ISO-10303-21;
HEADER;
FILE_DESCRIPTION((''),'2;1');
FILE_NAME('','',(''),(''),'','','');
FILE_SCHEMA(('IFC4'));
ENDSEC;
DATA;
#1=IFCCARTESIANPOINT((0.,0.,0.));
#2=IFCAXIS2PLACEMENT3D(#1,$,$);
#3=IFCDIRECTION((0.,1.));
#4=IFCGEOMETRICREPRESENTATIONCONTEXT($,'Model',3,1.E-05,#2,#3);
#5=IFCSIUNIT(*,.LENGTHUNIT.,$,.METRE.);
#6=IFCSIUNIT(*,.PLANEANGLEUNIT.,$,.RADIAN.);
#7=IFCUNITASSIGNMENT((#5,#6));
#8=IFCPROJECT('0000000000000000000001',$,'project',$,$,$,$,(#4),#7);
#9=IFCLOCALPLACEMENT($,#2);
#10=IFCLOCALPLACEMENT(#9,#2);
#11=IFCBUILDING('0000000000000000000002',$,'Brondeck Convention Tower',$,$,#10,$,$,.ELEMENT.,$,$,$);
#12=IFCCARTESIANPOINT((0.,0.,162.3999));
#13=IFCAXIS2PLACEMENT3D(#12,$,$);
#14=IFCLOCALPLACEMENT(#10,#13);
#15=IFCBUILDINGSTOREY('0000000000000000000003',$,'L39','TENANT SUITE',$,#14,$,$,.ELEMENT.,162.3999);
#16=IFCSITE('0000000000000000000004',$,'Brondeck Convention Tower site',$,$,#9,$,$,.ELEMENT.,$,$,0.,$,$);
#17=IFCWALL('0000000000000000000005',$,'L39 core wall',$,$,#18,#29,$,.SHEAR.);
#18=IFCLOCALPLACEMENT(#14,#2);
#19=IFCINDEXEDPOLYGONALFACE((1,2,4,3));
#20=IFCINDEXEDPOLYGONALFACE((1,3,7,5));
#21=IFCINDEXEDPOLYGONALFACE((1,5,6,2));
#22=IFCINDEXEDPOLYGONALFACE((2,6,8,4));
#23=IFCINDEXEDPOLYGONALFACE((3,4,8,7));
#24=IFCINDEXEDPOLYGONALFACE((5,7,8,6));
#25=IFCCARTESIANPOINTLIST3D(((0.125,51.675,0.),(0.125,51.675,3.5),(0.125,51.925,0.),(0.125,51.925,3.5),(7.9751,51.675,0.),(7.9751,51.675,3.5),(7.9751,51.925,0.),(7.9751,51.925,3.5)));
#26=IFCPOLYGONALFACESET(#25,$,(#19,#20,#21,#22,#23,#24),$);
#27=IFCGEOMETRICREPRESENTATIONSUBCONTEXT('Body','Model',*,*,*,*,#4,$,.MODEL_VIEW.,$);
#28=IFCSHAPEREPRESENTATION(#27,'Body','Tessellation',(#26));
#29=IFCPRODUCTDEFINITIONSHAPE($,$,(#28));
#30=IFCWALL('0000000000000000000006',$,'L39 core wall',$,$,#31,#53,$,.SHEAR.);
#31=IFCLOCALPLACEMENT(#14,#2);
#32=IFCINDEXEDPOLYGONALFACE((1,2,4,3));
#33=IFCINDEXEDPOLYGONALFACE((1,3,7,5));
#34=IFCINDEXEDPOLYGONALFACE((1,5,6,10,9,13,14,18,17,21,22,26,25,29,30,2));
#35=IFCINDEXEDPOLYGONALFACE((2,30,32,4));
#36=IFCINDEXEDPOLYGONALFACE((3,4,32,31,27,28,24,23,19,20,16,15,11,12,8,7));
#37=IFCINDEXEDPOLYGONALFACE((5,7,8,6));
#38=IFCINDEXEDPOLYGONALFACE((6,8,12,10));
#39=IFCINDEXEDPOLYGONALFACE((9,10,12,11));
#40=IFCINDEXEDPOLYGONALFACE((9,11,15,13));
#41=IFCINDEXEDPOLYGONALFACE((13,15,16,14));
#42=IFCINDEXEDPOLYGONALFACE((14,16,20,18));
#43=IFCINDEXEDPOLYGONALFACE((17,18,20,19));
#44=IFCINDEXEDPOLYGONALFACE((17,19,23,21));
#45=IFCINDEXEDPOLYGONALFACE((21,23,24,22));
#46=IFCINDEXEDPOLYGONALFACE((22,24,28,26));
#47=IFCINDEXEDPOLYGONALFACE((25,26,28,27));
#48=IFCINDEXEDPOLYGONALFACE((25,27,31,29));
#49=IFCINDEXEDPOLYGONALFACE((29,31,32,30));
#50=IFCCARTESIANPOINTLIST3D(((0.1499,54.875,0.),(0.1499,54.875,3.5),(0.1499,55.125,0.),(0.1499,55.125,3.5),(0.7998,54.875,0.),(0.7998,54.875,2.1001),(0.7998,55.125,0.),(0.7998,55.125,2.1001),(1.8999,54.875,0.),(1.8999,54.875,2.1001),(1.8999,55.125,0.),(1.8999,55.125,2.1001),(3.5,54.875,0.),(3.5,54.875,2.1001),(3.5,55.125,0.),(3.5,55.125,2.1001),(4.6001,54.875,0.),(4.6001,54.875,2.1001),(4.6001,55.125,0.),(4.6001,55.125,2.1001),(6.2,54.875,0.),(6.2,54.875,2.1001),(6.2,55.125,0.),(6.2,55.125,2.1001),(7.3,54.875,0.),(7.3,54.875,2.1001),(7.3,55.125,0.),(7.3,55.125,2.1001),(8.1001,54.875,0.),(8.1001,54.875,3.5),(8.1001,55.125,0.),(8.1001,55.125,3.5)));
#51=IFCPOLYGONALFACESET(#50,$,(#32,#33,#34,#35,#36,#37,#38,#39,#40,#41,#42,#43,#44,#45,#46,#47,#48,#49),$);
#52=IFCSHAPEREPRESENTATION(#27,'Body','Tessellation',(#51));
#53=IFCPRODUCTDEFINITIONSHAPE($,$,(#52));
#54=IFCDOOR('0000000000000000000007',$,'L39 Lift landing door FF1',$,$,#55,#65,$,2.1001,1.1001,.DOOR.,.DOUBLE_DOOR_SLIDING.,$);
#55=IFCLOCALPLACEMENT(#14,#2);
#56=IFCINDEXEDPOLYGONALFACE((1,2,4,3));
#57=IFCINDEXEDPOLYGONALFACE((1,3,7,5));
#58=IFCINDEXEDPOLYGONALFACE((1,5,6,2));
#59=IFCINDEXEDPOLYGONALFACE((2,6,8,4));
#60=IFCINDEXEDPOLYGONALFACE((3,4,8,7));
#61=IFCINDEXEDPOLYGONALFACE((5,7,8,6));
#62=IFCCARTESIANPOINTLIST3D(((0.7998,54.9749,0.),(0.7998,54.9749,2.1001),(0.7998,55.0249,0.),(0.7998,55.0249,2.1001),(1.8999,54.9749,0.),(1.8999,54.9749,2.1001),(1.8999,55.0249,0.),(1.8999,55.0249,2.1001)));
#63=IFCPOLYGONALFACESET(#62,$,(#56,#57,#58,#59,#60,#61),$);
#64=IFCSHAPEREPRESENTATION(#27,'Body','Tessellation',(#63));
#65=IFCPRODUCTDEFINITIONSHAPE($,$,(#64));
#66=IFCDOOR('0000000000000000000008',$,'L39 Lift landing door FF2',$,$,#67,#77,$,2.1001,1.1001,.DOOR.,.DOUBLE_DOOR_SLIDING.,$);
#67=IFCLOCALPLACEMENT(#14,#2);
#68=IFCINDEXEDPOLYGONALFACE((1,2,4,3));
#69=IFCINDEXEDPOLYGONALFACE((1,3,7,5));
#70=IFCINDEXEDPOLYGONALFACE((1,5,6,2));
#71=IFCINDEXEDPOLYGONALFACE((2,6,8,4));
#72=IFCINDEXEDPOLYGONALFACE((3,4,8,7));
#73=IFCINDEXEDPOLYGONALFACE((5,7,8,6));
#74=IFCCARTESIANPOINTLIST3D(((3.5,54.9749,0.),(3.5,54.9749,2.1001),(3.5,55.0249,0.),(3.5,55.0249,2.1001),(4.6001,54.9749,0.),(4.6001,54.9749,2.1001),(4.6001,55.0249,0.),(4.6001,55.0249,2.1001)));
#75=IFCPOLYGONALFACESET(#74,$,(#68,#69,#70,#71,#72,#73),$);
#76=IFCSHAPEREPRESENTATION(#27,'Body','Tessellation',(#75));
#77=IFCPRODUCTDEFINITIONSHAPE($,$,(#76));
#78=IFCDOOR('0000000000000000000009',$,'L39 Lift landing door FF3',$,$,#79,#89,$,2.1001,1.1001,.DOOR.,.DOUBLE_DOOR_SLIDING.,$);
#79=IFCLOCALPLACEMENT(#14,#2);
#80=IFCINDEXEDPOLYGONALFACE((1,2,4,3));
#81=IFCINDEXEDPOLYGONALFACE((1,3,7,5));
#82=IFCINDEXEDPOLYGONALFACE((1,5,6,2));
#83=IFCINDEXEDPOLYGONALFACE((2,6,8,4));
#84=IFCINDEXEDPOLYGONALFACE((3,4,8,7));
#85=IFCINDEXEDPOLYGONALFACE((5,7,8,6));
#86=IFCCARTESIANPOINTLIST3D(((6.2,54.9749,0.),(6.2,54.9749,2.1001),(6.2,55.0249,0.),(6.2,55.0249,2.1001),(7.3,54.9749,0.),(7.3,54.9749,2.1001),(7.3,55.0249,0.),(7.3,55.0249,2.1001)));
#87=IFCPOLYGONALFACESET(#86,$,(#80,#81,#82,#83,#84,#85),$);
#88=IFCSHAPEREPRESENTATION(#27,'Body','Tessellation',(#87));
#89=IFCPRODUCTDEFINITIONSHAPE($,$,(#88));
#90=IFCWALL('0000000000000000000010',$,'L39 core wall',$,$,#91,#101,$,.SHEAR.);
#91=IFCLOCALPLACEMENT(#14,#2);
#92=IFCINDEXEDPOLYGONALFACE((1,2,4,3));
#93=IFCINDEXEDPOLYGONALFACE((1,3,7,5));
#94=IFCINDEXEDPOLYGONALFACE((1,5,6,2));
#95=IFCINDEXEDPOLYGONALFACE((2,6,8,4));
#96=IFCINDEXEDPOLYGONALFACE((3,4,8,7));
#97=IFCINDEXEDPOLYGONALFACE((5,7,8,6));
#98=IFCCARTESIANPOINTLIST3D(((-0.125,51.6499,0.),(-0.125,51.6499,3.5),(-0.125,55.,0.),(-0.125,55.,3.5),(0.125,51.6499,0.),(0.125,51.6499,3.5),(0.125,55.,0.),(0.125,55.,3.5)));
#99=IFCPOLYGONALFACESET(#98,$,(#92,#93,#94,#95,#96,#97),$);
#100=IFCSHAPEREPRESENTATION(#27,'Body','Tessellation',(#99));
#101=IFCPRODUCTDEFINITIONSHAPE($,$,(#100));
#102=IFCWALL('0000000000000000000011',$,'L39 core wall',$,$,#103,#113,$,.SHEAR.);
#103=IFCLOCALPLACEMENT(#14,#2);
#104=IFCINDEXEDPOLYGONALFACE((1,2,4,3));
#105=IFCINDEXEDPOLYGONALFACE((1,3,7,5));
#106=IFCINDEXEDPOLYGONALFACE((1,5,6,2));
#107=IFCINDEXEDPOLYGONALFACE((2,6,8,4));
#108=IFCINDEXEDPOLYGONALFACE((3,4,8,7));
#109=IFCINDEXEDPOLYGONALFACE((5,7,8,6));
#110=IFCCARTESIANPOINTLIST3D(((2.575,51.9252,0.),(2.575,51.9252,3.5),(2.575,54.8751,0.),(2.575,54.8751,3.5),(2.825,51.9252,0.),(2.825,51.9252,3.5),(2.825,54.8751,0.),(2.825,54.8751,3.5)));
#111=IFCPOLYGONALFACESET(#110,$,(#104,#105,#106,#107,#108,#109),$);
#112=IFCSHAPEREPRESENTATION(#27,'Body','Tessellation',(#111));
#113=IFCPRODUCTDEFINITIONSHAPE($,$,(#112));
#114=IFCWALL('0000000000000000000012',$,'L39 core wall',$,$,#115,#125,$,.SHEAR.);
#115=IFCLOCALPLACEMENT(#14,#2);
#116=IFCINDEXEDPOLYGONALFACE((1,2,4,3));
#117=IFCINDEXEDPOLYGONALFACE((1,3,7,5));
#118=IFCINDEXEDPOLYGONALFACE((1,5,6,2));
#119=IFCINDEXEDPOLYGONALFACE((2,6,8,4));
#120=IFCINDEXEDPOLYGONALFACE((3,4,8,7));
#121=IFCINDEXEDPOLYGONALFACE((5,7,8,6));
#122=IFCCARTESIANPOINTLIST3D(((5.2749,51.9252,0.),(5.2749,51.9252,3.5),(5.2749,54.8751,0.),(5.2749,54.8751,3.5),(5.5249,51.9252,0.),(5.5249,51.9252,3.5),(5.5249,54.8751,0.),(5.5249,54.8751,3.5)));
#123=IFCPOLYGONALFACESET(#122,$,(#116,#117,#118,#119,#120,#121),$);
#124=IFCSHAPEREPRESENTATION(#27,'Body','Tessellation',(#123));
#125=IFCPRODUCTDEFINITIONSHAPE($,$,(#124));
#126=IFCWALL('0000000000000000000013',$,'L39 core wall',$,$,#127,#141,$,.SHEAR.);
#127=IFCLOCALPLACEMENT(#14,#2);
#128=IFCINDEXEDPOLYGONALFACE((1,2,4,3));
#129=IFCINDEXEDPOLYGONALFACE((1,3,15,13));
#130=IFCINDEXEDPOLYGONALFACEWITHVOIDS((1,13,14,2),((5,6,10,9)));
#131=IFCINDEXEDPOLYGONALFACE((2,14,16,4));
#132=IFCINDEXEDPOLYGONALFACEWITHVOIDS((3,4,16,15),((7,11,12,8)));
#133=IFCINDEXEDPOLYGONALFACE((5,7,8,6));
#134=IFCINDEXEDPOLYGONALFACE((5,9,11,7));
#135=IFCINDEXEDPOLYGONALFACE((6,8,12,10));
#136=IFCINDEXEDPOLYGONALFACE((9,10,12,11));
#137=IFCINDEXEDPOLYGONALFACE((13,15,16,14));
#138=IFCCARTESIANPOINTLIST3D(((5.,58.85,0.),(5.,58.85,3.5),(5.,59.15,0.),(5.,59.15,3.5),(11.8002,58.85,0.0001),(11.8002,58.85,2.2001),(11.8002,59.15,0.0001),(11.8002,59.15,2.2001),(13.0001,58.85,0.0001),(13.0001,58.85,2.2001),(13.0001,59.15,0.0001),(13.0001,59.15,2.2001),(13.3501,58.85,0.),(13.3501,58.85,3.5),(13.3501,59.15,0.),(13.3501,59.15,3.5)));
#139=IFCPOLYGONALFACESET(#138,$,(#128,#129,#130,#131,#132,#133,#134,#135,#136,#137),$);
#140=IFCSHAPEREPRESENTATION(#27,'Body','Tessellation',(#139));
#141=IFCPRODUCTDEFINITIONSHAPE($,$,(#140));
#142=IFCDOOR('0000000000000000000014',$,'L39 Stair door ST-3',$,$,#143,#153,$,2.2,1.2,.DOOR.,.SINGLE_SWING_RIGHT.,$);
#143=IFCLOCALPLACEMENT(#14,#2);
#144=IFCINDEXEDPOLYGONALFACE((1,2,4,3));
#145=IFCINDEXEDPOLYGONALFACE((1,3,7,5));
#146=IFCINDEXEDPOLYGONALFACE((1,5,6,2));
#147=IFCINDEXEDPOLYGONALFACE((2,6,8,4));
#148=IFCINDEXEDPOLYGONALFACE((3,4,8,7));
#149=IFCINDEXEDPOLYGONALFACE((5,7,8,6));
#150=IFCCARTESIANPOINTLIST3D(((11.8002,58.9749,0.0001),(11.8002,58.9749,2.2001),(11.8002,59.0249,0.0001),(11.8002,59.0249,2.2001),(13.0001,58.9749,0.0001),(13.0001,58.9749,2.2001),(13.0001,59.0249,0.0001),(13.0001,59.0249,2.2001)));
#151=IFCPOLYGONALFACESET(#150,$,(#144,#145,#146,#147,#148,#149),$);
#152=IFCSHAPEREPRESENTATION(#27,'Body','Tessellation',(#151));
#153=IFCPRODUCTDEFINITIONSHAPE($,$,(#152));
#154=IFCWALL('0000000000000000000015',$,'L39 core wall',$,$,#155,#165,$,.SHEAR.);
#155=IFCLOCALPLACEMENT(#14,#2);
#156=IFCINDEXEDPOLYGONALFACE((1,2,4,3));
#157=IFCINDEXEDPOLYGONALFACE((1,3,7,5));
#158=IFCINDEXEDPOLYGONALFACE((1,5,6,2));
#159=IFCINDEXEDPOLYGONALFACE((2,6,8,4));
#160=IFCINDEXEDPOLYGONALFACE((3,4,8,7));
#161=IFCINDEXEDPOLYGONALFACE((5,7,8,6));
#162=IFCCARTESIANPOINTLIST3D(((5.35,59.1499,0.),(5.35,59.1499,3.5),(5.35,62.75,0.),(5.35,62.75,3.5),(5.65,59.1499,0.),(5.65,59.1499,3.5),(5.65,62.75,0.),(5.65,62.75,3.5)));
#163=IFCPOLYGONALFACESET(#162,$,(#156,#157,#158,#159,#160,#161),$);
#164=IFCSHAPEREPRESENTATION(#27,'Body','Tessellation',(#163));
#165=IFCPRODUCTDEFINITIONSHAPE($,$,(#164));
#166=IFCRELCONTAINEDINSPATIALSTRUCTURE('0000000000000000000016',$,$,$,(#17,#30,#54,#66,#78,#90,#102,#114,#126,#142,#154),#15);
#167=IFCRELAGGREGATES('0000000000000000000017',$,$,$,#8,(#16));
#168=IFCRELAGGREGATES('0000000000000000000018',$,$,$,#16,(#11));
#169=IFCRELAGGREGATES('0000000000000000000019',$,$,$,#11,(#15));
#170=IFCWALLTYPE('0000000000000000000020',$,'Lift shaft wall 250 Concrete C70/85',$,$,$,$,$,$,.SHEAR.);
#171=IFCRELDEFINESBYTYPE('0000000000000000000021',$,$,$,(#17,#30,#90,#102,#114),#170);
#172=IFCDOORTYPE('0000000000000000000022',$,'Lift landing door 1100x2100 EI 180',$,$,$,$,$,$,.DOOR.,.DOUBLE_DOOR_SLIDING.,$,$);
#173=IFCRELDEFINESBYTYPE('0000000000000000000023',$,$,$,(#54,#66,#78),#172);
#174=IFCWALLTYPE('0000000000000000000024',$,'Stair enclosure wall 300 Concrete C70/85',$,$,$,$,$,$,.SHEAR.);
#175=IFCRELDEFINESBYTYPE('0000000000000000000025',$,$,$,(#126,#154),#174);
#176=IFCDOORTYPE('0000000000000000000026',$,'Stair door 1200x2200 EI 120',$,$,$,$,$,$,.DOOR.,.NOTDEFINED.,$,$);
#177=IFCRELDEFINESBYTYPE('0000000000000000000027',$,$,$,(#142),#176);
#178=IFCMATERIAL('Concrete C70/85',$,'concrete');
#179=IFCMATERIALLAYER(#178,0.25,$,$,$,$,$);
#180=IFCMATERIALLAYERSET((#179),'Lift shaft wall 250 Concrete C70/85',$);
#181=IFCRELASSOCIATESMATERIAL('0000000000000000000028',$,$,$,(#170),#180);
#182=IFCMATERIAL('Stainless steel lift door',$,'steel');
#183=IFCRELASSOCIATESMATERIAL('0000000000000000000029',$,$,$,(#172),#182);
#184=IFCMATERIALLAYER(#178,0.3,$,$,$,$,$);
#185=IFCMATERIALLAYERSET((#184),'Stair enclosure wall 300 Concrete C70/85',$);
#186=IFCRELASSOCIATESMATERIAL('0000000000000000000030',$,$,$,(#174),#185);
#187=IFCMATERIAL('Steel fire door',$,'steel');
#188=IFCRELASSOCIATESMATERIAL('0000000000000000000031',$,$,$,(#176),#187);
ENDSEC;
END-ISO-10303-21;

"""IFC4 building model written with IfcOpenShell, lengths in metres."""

from ifc_helpers import new_model, si_unit, direction, frame, frame_2d, origin, place, context, subcontext, project, spatial, rectangle, extrude, material, layer, layer_set, type_object, element, fill, save


model = new_model("IFC4")

# Units and contexts
model_context = context("Model", 3, precision=1e-05, world=origin(), true_north=direction((0.0, 1.0)))
body_context = subcontext(model_context, "Body", "Model", "MODEL_VIEW")
ifc_project = project(units=[si_unit("LENGTHUNIT", "METRE"), si_unit("PLANEANGLEUNIT", "RADIAN")], contexts=[model_context])

# Site, building, storey
site_placement = place(None, origin())
site = spatial("IfcSite", under=ifc_project, at=site_placement, Name="Brondeck Convention Tower site", CompositionType="ELEMENT", RefElevation=0.0)
building_placement = place(site_placement, origin())
building = spatial("IfcBuilding", under=site, at=building_placement, Name="Brondeck Convention Tower", CompositionType="ELEMENT")
storey_placement = place(building_placement, frame((0.0, 0.0, 162.3999)))
storey = spatial("IfcBuildingStorey", under=building, at=storey_placement, Name="L39", Description="TENANT SUITE", CompositionType="ELEMENT", Elevation=162.3999)

# Shared definitions
ifc_material_1 = material(Name="Concrete C70/85", Category="concrete")

# Wall
ifc_layer_1 = layer(ifc_material_1, 0.25)
ifc_layer_set_1 = layer_set([ifc_layer_1], Name="Lift shaft wall 250 Concrete C70/85")
wall_type_1 = type_object("IfcWallType", Name="Lift shaft wall 250 Concrete C70/85", PredefinedType="SHEAR", material=ifc_layer_set_1)
for number, where, z_axis, x_axis, name in (
    (1, (0.125, 51.8, 0.0), (0.0, 0.0, 1.0), (1.0, 0.0, 0.0), "L39 core wall"),
):
    element("IfcWall", number, at=place(storey_placement, frame(where, z_axis=z_axis, x_axis=x_axis)), inside=storey, type_object=wall_type_1, Name=name, PredefinedType="SHEAR", context=body_context, shape_type="SweptSolid", body=[
        extrude(rectangle(XDim=7.8501, YDim=0.25, at=frame_2d((3.925, 0.0))), origin(), (0.0, 0.0, 1.0), 3.5),
    ])

# Wall, openings, doors
wall_1_placement = place(storey_placement, frame((0.1499, 55.0, 0.0), z_axis=(0.0, 0.0, 1.0), x_axis=(1.0, 0.0, 0.0)))
wall_1 = element("IfcWall", 2, at=wall_1_placement, inside=storey, type_object=wall_type_1, Name="L39 core wall", PredefinedType="SHEAR", context=body_context, shape_type="SweptSolid", body=[
    extrude(rectangle(XDim=7.9502, YDim=0.25, at=frame_2d((3.9751, 0.0))), origin(), (0.0, 0.0, 1.0), 3.5),
])
opening_1_placement = place(wall_1_placement, frame((0.6499, 0.0, 0.0)))
opening_1 = element("IfcOpeningElement", 3, at=opening_1_placement, cuts=wall_1, PredefinedType="OPENING", context=body_context, shape_type="SweptSolid", body=[
    extrude(rectangle(XDim=1.1001, YDim=2.1001, at=frame_2d((0.55, 1.05))), frame((0.0, 0.135, 0.0), z_axis=(0.0, -1.0, 0.0), x_axis=(1.0, 0.0, 0.0)), (0.0, 0.0, 1.0), 0.27),
])
opening_2_placement = place(wall_1_placement, frame((3.3501, 0.0, 0.0)))
opening_2 = element("IfcOpeningElement", 4, at=opening_2_placement, cuts=wall_1, PredefinedType="OPENING", context=body_context, shape_type="SweptSolid", body=[
    extrude(rectangle(XDim=1.1001, YDim=2.1001, at=frame_2d((0.55, 1.05))), frame((0.0, 0.135, 0.0), z_axis=(0.0, -1.0, 0.0), x_axis=(1.0, 0.0, 0.0)), (0.0, 0.0, 1.0), 0.27),
])
opening_3_placement = place(wall_1_placement, frame((6.05, 0.0, 0.0)))
opening_3 = element("IfcOpeningElement", 5, at=opening_3_placement, cuts=wall_1, PredefinedType="OPENING", context=body_context, shape_type="SweptSolid", body=[
    extrude(rectangle(XDim=1.1001, YDim=2.1001, at=frame_2d((0.55, 1.05))), frame((0.0, 0.135, 0.0), z_axis=(0.0, -1.0, 0.0), x_axis=(1.0, 0.0, 0.0)), (0.0, 0.0, 1.0), 0.27),
])
ifc_material_2 = material(Name="Stainless steel lift door", Category="steel")
door_type_1 = type_object("IfcDoorType", Name="Lift landing door 1100x2100 EI 180", OperationType="DOUBLE_DOOR_SLIDING", PredefinedType="DOOR", material=ifc_material_2)
door_1_placement = place(opening_1_placement, origin())
door_1 = element("IfcDoor", 6, at=door_1_placement, inside=storey, type_object=door_type_1, Name="L39 Lift landing door FF1", OperationType="DOUBLE_DOOR_SLIDING", OverallHeight=2.1001, OverallWidth=1.1001, PredefinedType="DOOR", context=body_context, shape_type="SweptSolid", body=[
    extrude(rectangle(XDim=1.1001, YDim=2.1001, at=frame_2d((0.55, 1.05))), frame((0.0, 0.0249, 0.0), z_axis=(0.0, -1.0, 0.0), x_axis=(1.0, 0.0, 0.0)), (0.0, 0.0, 1.0), 0.05),
])
fill(opening_1, door_1)
door_2_placement = place(opening_2_placement, origin())
door_2 = element("IfcDoor", 7, at=door_2_placement, inside=storey, type_object=door_type_1, Name="L39 Lift landing door FF2", OperationType="DOUBLE_DOOR_SLIDING", OverallHeight=2.1001, OverallWidth=1.1001, PredefinedType="DOOR", context=body_context, shape_type="SweptSolid", body=[
    extrude(rectangle(XDim=1.1001, YDim=2.1001, at=frame_2d((0.55, 1.05))), frame((0.0, 0.0249, 0.0), z_axis=(0.0, -1.0, 0.0), x_axis=(1.0, 0.0, 0.0)), (0.0, 0.0, 1.0), 0.05),
])
fill(opening_2, door_2)
door_3_placement = place(opening_3_placement, origin())
door_3 = element("IfcDoor", 8, at=door_3_placement, inside=storey, type_object=door_type_1, Name="L39 Lift landing door FF3", OperationType="DOUBLE_DOOR_SLIDING", OverallHeight=2.1001, OverallWidth=1.1001, PredefinedType="DOOR", context=body_context, shape_type="SweptSolid", body=[
    extrude(rectangle(XDim=1.1001, YDim=2.1001, at=frame_2d((0.55, 1.05))), frame((0.0, 0.0249, 0.0), z_axis=(0.0, -1.0, 0.0), x_axis=(1.0, 0.0, 0.0)), (0.0, 0.0, 1.0), 0.05),
])
fill(opening_3, door_3)

# Walls
wall_2_placement = place(storey_placement, frame((0.0, 51.6499, 0.0), z_axis=(0.0, 0.0, 1.0), x_axis=(0.0, 1.0, 0.0)))
element("IfcWall", 9, at=wall_2_placement, inside=storey, type_object=wall_type_1, Name="L39 core wall", PredefinedType="SHEAR", context=body_context, shape_type="SweptSolid", body=[
    extrude(rectangle(XDim=3.3501, YDim=0.25, at=frame_2d((1.675, 0.0))), origin(), (0.0, 0.0, 1.0), 3.5),
])
for number, where, z_axis, x_axis, name in (
    (10, (2.7, 51.925, 0.0), (0.0, 0.0, 1.0), (0.0, 1.0, 0.0), "L39 core wall"),
    (11, (5.3999, 51.925, 0.0), (0.0, 0.0, 1.0), (0.0, 1.0, 0.0), "L39 core wall"),
):
    element("IfcWall", number, at=place(storey_placement, frame(where, z_axis=z_axis, x_axis=x_axis)), inside=storey, type_object=wall_type_1, Name=name, PredefinedType="SHEAR", context=body_context, shape_type="SweptSolid", body=[
        extrude(rectangle(XDim=2.95, YDim=0.25, at=frame_2d((1.4751, 0.0))), origin(), (0.0, 0.0, 1.0), 3.5),
    ])

# Wall, opening, door
ifc_layer_2 = layer(ifc_material_1, 0.3)
ifc_layer_set_2 = layer_set([ifc_layer_2], Name="Stair enclosure wall 300 Concrete C70/85")
wall_type_2 = type_object("IfcWallType", Name="Stair enclosure wall 300 Concrete C70/85", PredefinedType="SHEAR", material=ifc_layer_set_2)
wall_3_placement = place(storey_placement, frame((5.0, 59.0, 0.0), z_axis=(0.0, 0.0, 1.0), x_axis=(1.0, 0.0, 0.0)))
wall_3 = element("IfcWall", 12, at=wall_3_placement, inside=storey, type_object=wall_type_2, Name="L39 core wall", PredefinedType="SHEAR", context=body_context, shape_type="SweptSolid", body=[
    extrude(rectangle(XDim=8.3501, YDim=0.3, at=frame_2d((4.175, 0.0))), origin(), (0.0, 0.0, 1.0), 3.5),
])
opening_4_placement = place(wall_3_placement, frame((6.8, 0.0, 0.0)))
opening_4 = element("IfcOpeningElement", 13, at=opening_4_placement, cuts=wall_3, PredefinedType="OPENING", context=body_context, shape_type="SweptSolid", body=[
    extrude(rectangle(XDim=1.2, YDim=2.2, at=frame_2d((0.6001, 1.1001))), frame((0.0, 0.1599, 0.0), z_axis=(0.0, -1.0, 0.0), x_axis=(1.0, 0.0, 0.0)), (0.0, 0.0, 1.0), 0.3201),
])
ifc_material_3 = material(Name="Steel fire door", Category="steel")
door_type_2 = type_object("IfcDoorType", Name="Stair door 1200x2200 EI 120", OperationType="NOTDEFINED", PredefinedType="DOOR", material=ifc_material_3)
door_4_placement = place(opening_4_placement, origin())
door_4 = element("IfcDoor", 14, at=door_4_placement, inside=storey, type_object=door_type_2, Name="L39 Stair door ST-3", OperationType="SINGLE_SWING_RIGHT", OverallHeight=2.2, OverallWidth=1.2, PredefinedType="DOOR", context=body_context, shape_type="SweptSolid", body=[
    extrude(rectangle(XDim=1.2, YDim=2.2, at=frame_2d((0.6001, 1.1001))), frame((0.0, 0.0249, 0.0), z_axis=(0.0, -1.0, 0.0), x_axis=(1.0, 0.0, 0.0)), (0.0, 0.0, 1.0), 0.05),
])
fill(opening_4, door_4)

# Wall
wall_4_placement = place(storey_placement, frame((5.5, 59.1499, 0.0), z_axis=(0.0, 0.0, 1.0), x_axis=(0.0, 1.0, 0.0)))
element("IfcWall", 15, at=wall_4_placement, inside=storey, type_object=wall_type_2, Name="L39 core wall", PredefinedType="SHEAR", context=body_context, shape_type="SweptSolid", body=[
    extrude(rectangle(XDim=3.6001, YDim=0.3, at=frame_2d((1.8, 0.0))), origin(), (0.0, 0.0, 1.0), 3.5),
])

save(model, "model.ifc")
